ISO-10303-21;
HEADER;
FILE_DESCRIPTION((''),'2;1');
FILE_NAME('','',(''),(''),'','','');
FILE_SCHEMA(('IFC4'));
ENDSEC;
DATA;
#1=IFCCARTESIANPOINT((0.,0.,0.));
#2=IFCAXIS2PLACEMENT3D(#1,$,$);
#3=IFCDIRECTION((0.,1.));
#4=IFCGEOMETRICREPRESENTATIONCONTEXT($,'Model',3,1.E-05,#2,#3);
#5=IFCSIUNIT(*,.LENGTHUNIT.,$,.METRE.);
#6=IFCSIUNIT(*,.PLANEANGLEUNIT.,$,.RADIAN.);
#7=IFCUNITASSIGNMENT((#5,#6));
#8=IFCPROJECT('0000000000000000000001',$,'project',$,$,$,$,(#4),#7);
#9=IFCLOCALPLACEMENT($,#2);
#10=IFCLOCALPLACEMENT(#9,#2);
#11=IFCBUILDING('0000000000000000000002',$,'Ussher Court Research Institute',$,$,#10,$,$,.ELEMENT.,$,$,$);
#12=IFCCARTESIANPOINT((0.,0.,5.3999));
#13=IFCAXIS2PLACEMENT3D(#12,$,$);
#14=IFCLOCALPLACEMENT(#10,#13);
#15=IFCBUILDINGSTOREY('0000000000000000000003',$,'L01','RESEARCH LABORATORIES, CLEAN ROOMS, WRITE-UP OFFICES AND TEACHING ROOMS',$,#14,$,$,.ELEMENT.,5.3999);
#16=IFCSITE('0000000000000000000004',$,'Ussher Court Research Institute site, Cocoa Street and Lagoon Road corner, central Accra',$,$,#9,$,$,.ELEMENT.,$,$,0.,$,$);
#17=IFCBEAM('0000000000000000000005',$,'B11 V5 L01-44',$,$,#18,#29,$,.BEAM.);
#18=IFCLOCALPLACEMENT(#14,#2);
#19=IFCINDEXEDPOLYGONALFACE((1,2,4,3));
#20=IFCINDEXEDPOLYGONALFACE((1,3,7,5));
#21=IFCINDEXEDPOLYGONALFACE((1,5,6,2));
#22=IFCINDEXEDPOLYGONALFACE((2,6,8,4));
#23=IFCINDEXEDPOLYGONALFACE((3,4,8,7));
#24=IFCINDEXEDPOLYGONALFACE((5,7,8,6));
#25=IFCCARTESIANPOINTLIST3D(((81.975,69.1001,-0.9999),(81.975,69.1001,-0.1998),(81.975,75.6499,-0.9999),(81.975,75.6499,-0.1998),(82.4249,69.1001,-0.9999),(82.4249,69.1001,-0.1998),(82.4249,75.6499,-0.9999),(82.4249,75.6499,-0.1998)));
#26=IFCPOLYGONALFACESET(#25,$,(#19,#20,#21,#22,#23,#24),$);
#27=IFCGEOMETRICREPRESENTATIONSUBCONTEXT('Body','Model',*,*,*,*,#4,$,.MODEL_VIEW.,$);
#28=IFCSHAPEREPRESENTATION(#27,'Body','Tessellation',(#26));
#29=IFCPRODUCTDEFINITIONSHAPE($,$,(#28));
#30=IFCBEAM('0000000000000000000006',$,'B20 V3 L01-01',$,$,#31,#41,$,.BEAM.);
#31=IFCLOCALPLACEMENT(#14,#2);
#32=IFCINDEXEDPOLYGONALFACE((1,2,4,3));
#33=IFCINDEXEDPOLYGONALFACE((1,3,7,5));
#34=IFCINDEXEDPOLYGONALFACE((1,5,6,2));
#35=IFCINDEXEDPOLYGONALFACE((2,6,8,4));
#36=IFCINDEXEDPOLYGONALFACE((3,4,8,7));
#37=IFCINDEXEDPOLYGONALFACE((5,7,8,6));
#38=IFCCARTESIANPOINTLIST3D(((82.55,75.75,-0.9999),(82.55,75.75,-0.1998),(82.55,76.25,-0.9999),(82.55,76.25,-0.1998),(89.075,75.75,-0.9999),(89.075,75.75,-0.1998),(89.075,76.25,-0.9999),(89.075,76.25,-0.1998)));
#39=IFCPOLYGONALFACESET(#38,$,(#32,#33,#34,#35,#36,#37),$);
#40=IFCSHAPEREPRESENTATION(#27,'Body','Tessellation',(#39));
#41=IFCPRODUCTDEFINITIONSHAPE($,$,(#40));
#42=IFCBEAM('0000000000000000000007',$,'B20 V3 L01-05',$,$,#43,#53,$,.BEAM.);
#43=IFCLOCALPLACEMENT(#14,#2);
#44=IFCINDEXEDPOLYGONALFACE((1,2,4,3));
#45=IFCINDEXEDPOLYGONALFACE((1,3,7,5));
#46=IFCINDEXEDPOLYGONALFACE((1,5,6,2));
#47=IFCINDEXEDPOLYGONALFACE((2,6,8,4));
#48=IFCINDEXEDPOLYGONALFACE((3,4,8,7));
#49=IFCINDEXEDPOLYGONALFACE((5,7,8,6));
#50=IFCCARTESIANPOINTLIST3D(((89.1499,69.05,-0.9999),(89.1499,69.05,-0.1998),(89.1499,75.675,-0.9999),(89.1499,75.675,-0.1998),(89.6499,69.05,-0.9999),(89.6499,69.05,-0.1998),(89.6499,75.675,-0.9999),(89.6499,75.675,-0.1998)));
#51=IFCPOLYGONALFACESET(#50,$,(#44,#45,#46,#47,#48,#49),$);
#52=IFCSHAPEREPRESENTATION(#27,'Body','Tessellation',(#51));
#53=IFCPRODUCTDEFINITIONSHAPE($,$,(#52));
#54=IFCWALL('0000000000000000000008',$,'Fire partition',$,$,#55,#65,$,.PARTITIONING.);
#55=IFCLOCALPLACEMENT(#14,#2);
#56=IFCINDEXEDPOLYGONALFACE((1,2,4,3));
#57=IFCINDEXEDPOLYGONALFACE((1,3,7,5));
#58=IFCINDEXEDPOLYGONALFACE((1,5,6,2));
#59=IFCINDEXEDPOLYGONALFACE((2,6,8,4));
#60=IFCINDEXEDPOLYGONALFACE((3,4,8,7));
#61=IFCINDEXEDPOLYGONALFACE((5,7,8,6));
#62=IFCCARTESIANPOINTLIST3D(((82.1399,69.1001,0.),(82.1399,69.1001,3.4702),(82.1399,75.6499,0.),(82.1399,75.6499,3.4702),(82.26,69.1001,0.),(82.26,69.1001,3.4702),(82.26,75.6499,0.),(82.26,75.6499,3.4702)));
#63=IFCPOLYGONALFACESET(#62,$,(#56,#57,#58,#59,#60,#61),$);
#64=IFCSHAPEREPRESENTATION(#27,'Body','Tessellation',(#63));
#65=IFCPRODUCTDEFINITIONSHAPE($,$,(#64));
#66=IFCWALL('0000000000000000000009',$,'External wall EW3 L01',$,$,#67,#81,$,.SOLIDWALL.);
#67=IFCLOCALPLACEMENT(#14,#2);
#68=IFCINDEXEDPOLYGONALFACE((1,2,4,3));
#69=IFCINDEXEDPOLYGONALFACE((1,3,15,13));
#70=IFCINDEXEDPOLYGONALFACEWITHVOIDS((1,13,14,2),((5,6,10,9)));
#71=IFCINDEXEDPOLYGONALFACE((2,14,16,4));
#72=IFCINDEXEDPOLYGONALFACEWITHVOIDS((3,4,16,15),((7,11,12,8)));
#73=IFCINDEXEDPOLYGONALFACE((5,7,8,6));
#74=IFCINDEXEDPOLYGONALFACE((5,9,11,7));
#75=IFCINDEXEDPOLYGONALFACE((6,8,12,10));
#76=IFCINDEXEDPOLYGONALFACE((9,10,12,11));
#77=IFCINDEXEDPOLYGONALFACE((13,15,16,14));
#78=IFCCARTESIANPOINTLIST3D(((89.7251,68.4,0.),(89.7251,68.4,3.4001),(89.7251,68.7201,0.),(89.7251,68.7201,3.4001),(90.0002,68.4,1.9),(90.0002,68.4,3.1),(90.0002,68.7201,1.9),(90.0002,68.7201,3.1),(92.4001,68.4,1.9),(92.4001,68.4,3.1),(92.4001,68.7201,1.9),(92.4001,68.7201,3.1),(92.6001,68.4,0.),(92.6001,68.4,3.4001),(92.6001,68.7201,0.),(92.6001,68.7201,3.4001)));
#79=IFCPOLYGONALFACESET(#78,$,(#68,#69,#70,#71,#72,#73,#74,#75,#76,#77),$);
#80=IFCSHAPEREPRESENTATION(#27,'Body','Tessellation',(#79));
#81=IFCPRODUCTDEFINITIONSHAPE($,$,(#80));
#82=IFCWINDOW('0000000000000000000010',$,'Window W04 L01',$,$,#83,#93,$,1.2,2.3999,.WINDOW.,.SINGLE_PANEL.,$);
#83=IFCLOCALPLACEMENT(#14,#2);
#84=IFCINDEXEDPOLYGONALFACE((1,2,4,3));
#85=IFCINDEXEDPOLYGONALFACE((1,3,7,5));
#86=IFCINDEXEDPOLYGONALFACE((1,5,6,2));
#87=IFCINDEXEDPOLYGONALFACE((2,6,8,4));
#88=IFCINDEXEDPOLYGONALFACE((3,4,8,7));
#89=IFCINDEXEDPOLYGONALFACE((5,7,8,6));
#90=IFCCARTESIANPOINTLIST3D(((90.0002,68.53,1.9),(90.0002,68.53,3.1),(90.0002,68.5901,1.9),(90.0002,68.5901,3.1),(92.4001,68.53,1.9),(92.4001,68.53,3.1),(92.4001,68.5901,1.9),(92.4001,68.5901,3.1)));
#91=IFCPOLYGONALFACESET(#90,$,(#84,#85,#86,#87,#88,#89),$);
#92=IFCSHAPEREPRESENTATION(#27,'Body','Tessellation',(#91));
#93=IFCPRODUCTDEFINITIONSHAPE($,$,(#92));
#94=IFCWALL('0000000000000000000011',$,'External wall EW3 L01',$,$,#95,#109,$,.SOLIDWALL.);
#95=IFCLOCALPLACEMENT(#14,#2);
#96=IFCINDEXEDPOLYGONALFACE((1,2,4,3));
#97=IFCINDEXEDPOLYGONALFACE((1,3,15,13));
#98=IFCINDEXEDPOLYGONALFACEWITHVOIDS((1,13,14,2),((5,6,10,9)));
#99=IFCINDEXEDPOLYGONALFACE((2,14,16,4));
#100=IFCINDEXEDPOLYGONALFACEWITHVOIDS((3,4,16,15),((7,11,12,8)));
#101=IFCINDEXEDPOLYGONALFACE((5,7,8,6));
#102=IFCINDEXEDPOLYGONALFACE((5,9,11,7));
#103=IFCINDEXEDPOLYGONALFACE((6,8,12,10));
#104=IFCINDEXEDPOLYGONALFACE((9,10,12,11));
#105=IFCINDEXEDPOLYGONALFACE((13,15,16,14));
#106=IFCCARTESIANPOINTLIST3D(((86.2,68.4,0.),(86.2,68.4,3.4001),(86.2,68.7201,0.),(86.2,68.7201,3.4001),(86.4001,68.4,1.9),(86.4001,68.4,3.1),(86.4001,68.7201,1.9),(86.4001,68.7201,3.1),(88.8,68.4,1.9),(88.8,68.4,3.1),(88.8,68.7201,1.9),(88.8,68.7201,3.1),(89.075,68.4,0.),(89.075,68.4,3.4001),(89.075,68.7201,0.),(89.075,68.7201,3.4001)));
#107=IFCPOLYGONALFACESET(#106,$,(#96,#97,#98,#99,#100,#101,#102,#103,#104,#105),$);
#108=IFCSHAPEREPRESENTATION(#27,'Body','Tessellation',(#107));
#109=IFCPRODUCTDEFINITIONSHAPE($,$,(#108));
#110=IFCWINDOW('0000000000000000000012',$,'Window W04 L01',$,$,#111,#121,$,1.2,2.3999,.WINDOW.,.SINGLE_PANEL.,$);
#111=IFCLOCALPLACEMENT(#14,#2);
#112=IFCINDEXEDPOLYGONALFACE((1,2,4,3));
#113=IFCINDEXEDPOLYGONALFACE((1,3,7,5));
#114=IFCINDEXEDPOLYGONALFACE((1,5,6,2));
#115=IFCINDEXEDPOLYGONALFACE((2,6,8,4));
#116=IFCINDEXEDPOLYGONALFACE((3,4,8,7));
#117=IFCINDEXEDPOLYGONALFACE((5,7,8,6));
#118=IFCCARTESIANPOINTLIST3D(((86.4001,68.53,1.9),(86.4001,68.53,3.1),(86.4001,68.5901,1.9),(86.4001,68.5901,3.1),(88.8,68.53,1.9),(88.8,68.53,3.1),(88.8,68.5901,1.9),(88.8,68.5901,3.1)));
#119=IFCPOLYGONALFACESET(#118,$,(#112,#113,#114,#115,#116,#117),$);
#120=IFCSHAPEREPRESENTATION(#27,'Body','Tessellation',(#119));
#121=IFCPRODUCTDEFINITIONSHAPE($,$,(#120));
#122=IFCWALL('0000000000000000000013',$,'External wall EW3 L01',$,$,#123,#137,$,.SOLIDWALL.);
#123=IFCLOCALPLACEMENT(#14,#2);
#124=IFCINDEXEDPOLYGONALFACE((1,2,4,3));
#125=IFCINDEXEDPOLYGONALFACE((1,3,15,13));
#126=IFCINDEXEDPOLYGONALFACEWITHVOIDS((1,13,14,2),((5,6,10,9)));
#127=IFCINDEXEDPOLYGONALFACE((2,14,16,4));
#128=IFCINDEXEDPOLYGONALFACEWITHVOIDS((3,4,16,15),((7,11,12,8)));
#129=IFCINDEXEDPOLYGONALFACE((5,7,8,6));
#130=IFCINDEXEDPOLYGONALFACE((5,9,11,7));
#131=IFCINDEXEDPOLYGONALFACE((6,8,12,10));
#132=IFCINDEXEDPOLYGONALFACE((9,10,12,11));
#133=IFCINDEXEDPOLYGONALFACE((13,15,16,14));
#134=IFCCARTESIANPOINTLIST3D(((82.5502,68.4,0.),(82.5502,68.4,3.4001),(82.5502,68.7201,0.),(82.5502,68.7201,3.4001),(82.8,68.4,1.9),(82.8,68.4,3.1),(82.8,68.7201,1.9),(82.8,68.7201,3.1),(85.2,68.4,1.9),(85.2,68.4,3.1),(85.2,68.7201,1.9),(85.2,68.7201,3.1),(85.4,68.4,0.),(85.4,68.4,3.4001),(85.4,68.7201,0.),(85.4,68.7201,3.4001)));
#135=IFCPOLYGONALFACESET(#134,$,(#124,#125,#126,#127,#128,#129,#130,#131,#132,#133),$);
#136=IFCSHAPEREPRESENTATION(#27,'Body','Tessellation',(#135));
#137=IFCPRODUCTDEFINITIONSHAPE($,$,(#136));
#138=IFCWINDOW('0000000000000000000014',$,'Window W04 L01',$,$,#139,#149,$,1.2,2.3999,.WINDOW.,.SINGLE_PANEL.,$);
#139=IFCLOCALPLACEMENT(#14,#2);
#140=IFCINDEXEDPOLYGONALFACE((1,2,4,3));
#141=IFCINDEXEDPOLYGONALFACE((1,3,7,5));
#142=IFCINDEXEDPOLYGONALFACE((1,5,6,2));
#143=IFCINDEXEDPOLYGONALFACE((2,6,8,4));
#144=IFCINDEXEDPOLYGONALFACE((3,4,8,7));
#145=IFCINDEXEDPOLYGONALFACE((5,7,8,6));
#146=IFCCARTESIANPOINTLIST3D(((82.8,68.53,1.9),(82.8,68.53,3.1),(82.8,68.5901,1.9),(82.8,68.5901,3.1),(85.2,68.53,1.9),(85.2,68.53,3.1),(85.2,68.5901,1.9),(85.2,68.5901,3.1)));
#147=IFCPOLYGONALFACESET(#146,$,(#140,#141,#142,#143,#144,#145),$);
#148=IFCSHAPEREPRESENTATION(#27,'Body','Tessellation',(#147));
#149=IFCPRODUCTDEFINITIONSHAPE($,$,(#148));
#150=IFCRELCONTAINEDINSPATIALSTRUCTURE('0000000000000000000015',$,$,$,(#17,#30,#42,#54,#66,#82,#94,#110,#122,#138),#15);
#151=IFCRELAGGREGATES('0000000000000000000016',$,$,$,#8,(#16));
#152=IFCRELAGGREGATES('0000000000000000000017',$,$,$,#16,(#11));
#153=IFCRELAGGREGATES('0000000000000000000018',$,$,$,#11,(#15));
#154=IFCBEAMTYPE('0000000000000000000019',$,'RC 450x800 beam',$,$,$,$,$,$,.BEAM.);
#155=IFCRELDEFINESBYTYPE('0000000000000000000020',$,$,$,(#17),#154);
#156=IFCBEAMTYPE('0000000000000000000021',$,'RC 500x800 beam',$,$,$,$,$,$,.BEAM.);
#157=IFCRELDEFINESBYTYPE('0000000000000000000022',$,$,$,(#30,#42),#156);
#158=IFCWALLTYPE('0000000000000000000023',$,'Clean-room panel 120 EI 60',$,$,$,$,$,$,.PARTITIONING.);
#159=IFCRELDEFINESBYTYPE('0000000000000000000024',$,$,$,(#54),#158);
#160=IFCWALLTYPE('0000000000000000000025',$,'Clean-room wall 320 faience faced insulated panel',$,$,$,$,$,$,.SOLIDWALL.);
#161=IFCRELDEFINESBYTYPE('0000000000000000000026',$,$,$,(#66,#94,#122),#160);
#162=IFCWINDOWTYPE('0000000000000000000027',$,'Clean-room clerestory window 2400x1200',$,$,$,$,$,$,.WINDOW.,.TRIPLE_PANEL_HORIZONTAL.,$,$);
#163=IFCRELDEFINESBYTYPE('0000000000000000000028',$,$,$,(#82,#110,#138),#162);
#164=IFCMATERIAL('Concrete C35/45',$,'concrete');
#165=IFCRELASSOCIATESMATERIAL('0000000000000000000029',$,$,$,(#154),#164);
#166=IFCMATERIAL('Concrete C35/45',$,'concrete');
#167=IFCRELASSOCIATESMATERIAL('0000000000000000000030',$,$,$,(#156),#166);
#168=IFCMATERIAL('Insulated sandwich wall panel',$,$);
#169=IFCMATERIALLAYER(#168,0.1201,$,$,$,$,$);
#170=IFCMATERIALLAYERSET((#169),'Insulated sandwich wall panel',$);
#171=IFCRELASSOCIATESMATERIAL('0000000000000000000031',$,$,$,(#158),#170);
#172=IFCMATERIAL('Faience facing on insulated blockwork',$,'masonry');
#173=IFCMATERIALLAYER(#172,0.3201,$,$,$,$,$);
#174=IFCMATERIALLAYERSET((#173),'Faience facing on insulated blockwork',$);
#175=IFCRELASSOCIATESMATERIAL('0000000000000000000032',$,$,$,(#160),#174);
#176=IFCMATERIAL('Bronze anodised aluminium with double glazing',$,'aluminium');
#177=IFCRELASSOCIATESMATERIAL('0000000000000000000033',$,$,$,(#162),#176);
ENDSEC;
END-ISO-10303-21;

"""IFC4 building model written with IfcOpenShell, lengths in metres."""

from ifc_helpers import new_model, si_unit, direction, frame, frame_2d, origin, origin_2d, place, context, subcontext, project, spatial, rectangle, extrude, material, layer, layer_set, material_profile, profile_set, type_object, element, fill, save


model = new_model("IFC4")

# Units and contexts
model_context = context("Model", 3, precision=1e-05, world=origin(), true_north=direction((0.0, 1.0)))
body_context = subcontext(model_context, "Body", "Model", "MODEL_VIEW")
ifc_project = project(units=[si_unit("LENGTHUNIT", "METRE"), si_unit("PLANEANGLEUNIT", "RADIAN")], contexts=[model_context])

# Site, building, storey
site_placement = place(None, origin())
site = spatial("IfcSite", under=ifc_project, at=site_placement, Name="Ussher Court Research Institute site, Cocoa Street and Lagoon Road corner, central Accra", CompositionType="ELEMENT", RefElevation=0.0)
building_placement = place(site_placement, origin())
building = spatial("IfcBuilding", under=site, at=building_placement, Name="Ussher Court Research Institute", CompositionType="ELEMENT")
storey_placement = place(building_placement, frame((0.0, 0.0, 5.3999)))
storey = spatial("IfcBuildingStorey", under=building, at=storey_placement, Name="L01", Description="RESEARCH LABORATORIES, CLEAN ROOMS, WRITE-UP OFFICES AND TEACHING ROOMS", CompositionType="ELEMENT", Elevation=5.3999)

# Beams
ifc_material_1 = material(Name="Concrete C35/45", Category="concrete")
ifc_material_profile_1 = material_profile(ifc_material_1, rectangle(XDim=0.45, YDim=0.8, at=origin_2d()), Name="RC 450x800")
ifc_profile_set_1 = profile_set([ifc_material_profile_1], Name="Concrete C35/45")
beam_type_1 = type_object("IfcBeamType", Name="RC 450x800 beam", PredefinedType="BEAM", material=ifc_profile_set_1)
for number, where, z_axis, x_axis, name in (
    (1, (82.2, 69.1001, -0.5999), (0.0, 1.0, 0.0), (-1.0, 0.0, 0.0), "B11 V5 L01-44"),
):
    element("IfcBeam", number, at=place(storey_placement, frame(where, z_axis=z_axis, x_axis=x_axis)), inside=storey, type_object=beam_type_1, Name=name, PredefinedType="BEAM", context=body_context, shape_type="SweptSolid", body=[
        extrude(rectangle(XDim=0.45, YDim=0.8, at=origin_2d()), origin(), (0.0, 0.0, 1.0), 6.5498),
    ])
ifc_material_2 = material(Name="Concrete C35/45", Category="concrete")
ifc_material_profile_2 = material_profile(ifc_material_2, rectangle(XDim=0.5, YDim=0.8, at=origin_2d()), Name="RC 500x800")
ifc_profile_set_2 = profile_set([ifc_material_profile_2], Name="Concrete C35/45")
beam_type_2 = type_object("IfcBeamType", Name="RC 500x800 beam", PredefinedType="BEAM", material=ifc_profile_set_2)
beam_1_placement = place(storey_placement, frame((82.55, 76.0, -0.5999), z_axis=(1.0, 0.0, 0.0), x_axis=(0.0, 1.0, 0.0)))
element("IfcBeam", 2, at=beam_1_placement, inside=storey, type_object=beam_type_2, Name="B20 V3 L01-01", PredefinedType="BEAM", context=body_context, shape_type="SweptSolid", body=[
    extrude(rectangle(XDim=0.5, YDim=0.8, at=origin_2d()), origin(), (0.0, 0.0, 1.0), 6.5249),
])
beam_2_placement = place(storey_placement, frame((89.3999, 69.05, -0.5999), z_axis=(0.0, 1.0, 0.0), x_axis=(-1.0, 0.0, 0.0)))
element("IfcBeam", 3, at=beam_2_placement, inside=storey, type_object=beam_type_2, Name="B20 V3 L01-05", PredefinedType="BEAM", context=body_context, shape_type="SweptSolid", body=[
    extrude(rectangle(XDim=0.5, YDim=0.8, at=origin_2d()), origin(), (0.0, 0.0, 1.0), 6.625),
])

# Wall
ifc_material_3 = material(Name="Insulated sandwich wall panel")
ifc_layer_1 = layer(ifc_material_3, 0.1201)
ifc_layer_set_1 = layer_set([ifc_layer_1], Name="Insulated sandwich wall panel")
wall_type_1 = type_object("IfcWallType", Name="Clean-room panel 120 EI 60", PredefinedType="PARTITIONING", material=ifc_layer_set_1)
wall_1_placement = place(storey_placement, frame((82.2, 69.1001, 0.0), z_axis=(0.0, 0.0, 1.0), x_axis=(0.0, 1.0, 0.0)))
element("IfcWall", 4, at=wall_1_placement, inside=storey, type_object=wall_type_1, Name="Fire partition", PredefinedType="PARTITIONING", context=body_context, shape_type="SweptSolid", body=[
    extrude(rectangle(XDim=6.5498, YDim=0.1201, at=frame_2d((3.2749, 0.0))), origin(), (0.0, 0.0, 1.0), 3.4702),
])

# Walls, openings, windows
ifc_material_4 = material(Name="Faience facing on insulated blockwork", Category="masonry")
ifc_layer_2 = layer(ifc_material_4, 0.3201)
ifc_layer_set_2 = layer_set([ifc_layer_2], Name="Faience facing on insulated blockwork")
wall_type_2 = type_object("IfcWallType", Name="Clean-room wall 320 faience faced insulated panel", PredefinedType="SOLIDWALL", material=ifc_layer_set_2)
wall_2_placement = place(storey_placement, frame((92.6001, 68.5601, 0.0), z_axis=(0.0, 0.0, 1.0), x_axis=(-1.0, 0.0, 0.0)))
wall_2 = element("IfcWall", 5, at=wall_2_placement, inside=storey, type_object=wall_type_2, Name="External wall EW3 L01", PredefinedType="SOLIDWALL", context=body_context, shape_type="SweptSolid", body=[
    extrude(rectangle(XDim=2.875, YDim=0.3201, at=frame_2d((1.4375, 0.0))), origin(), (0.0, 0.0, 1.0), 3.4001),
])
opening_1_placement = place(wall_2_placement, frame((0.2, 0.0, 1.8999)))
opening_1 = element("IfcOpeningElement", 6, at=opening_1_placement, cuts=wall_2, PredefinedType="OPENING", context=body_context, shape_type="SweptSolid", body=[
    extrude(rectangle(XDim=2.3999, YDim=1.2, at=frame_2d((1.2, 0.6001))), frame((0.0, 0.1699, 0.0), z_axis=(0.0, -1.0, 0.0), x_axis=(1.0, 0.0, 0.0)), (0.0, 0.0, 1.0), 0.3401),
])
ifc_material_5 = material(Name="Bronze anodised aluminium with double glazing", Category="aluminium")
window_type_1 = type_object("IfcWindowType", Name="Clean-room clerestory window 2400x1200", PartitioningType="TRIPLE_PANEL_HORIZONTAL", PredefinedType="WINDOW", material=ifc_material_5)
window_1_placement = place(opening_1_placement, origin())
window_1 = element("IfcWindow", 7, at=window_1_placement, inside=storey, type_object=window_type_1, Name="Window W04 L01", OverallHeight=1.2, OverallWidth=2.3999, PartitioningType="SINGLE_PANEL", PredefinedType="WINDOW", context=body_context, shape_type="SweptSolid", body=[
    extrude(rectangle(XDim=2.3999, YDim=1.2, at=frame_2d((1.2, 0.6001))), frame((0.0, 0.03, 0.0), z_axis=(0.0, -1.0, 0.0), x_axis=(1.0, 0.0, 0.0)), (0.0, 0.0, 1.0), 0.0601),
])
fill(opening_1, window_1)
wall_3_placement = place(storey_placement, frame((89.075, 68.5601, 0.0), z_axis=(0.0, 0.0, 1.0), x_axis=(-1.0, 0.0, 0.0)))
wall_3 = element("IfcWall", 8, at=wall_3_placement, inside=storey, type_object=wall_type_2, Name="External wall EW3 L01", PredefinedType="SOLIDWALL", context=body_context, shape_type="SweptSolid", body=[
    extrude(rectangle(XDim=2.875, YDim=0.3201, at=frame_2d((1.4375, 0.0))), origin(), (0.0, 0.0, 1.0), 3.4001),
])
opening_2_placement = place(wall_3_placement, frame((0.2749, 0.0, 1.8999)))
opening_2 = element("IfcOpeningElement", 9, at=opening_2_placement, cuts=wall_3, PredefinedType="OPENING", context=body_context, shape_type="SweptSolid", body=[
    extrude(rectangle(XDim=2.3999, YDim=1.2, at=frame_2d((1.2, 0.6001))), frame((0.0, 0.1699, 0.0), z_axis=(0.0, -1.0, 0.0), x_axis=(1.0, 0.0, 0.0)), (0.0, 0.0, 1.0), 0.3401),
])
window_2_placement = place(opening_2_placement, origin())
window_2 = element("IfcWindow", 10, at=window_2_placement, inside=storey, type_object=window_type_1, Name="Window W04 L01", OverallHeight=1.2, OverallWidth=2.3999, PartitioningType="SINGLE_PANEL", PredefinedType="WINDOW", context=body_context, shape_type="SweptSolid", body=[
    extrude(rectangle(XDim=2.3999, YDim=1.2, at=frame_2d((1.2, 0.6001))), frame((0.0, 0.03, 0.0), z_axis=(0.0, -1.0, 0.0), x_axis=(1.0, 0.0, 0.0)), (0.0, 0.0, 1.0), 0.0601),
])
fill(opening_2, window_2)
wall_4_placement = place(storey_placement, frame((85.3999, 68.5601, 0.0), z_axis=(0.0, 0.0, 1.0), x_axis=(-1.0, 0.0, 0.0)))
wall_4 = element("IfcWall", 11, at=wall_4_placement, inside=storey, type_object=wall_type_2, Name="External wall EW3 L01", PredefinedType="SOLIDWALL", context=body_context, shape_type="SweptSolid", body=[
    extrude(rectangle(XDim=2.8499, YDim=0.3201, at=frame_2d((1.4248, 0.0))), origin(), (0.0, 0.0, 1.0), 3.4001),
])
opening_3_placement = place(wall_4_placement, frame((0.2, 0.0, 1.8999)))
opening_3 = element("IfcOpeningElement", 12, at=opening_3_placement, cuts=wall_4, PredefinedType="OPENING", context=body_context, shape_type="SweptSolid", body=[
    extrude(rectangle(XDim=2.3999, YDim=1.2, at=frame_2d((1.2, 0.6001))), frame((0.0, 0.1699, 0.0), z_axis=(0.0, -1.0, 0.0), x_axis=(1.0, 0.0, 0.0)), (0.0, 0.0, 1.0), 0.3401),
])
window_3_placement = place(opening_3_placement, origin())
window_3 = element("IfcWindow", 13, at=window_3_placement, inside=storey, type_object=window_type_1, Name="Window W04 L01", OverallHeight=1.2, OverallWidth=2.3999, PartitioningType="SINGLE_PANEL", PredefinedType="WINDOW", context=body_context, shape_type="SweptSolid", body=[
    extrude(rectangle(XDim=2.3999, YDim=1.2, at=frame_2d((1.2, 0.6001))), frame((0.0, 0.03, 0.0), z_axis=(0.0, -1.0, 0.0), x_axis=(1.0, 0.0, 0.0)), (0.0, 0.0, 1.0), 0.0601),
])
fill(opening_3, window_3)

save(model, "model.ifc")
